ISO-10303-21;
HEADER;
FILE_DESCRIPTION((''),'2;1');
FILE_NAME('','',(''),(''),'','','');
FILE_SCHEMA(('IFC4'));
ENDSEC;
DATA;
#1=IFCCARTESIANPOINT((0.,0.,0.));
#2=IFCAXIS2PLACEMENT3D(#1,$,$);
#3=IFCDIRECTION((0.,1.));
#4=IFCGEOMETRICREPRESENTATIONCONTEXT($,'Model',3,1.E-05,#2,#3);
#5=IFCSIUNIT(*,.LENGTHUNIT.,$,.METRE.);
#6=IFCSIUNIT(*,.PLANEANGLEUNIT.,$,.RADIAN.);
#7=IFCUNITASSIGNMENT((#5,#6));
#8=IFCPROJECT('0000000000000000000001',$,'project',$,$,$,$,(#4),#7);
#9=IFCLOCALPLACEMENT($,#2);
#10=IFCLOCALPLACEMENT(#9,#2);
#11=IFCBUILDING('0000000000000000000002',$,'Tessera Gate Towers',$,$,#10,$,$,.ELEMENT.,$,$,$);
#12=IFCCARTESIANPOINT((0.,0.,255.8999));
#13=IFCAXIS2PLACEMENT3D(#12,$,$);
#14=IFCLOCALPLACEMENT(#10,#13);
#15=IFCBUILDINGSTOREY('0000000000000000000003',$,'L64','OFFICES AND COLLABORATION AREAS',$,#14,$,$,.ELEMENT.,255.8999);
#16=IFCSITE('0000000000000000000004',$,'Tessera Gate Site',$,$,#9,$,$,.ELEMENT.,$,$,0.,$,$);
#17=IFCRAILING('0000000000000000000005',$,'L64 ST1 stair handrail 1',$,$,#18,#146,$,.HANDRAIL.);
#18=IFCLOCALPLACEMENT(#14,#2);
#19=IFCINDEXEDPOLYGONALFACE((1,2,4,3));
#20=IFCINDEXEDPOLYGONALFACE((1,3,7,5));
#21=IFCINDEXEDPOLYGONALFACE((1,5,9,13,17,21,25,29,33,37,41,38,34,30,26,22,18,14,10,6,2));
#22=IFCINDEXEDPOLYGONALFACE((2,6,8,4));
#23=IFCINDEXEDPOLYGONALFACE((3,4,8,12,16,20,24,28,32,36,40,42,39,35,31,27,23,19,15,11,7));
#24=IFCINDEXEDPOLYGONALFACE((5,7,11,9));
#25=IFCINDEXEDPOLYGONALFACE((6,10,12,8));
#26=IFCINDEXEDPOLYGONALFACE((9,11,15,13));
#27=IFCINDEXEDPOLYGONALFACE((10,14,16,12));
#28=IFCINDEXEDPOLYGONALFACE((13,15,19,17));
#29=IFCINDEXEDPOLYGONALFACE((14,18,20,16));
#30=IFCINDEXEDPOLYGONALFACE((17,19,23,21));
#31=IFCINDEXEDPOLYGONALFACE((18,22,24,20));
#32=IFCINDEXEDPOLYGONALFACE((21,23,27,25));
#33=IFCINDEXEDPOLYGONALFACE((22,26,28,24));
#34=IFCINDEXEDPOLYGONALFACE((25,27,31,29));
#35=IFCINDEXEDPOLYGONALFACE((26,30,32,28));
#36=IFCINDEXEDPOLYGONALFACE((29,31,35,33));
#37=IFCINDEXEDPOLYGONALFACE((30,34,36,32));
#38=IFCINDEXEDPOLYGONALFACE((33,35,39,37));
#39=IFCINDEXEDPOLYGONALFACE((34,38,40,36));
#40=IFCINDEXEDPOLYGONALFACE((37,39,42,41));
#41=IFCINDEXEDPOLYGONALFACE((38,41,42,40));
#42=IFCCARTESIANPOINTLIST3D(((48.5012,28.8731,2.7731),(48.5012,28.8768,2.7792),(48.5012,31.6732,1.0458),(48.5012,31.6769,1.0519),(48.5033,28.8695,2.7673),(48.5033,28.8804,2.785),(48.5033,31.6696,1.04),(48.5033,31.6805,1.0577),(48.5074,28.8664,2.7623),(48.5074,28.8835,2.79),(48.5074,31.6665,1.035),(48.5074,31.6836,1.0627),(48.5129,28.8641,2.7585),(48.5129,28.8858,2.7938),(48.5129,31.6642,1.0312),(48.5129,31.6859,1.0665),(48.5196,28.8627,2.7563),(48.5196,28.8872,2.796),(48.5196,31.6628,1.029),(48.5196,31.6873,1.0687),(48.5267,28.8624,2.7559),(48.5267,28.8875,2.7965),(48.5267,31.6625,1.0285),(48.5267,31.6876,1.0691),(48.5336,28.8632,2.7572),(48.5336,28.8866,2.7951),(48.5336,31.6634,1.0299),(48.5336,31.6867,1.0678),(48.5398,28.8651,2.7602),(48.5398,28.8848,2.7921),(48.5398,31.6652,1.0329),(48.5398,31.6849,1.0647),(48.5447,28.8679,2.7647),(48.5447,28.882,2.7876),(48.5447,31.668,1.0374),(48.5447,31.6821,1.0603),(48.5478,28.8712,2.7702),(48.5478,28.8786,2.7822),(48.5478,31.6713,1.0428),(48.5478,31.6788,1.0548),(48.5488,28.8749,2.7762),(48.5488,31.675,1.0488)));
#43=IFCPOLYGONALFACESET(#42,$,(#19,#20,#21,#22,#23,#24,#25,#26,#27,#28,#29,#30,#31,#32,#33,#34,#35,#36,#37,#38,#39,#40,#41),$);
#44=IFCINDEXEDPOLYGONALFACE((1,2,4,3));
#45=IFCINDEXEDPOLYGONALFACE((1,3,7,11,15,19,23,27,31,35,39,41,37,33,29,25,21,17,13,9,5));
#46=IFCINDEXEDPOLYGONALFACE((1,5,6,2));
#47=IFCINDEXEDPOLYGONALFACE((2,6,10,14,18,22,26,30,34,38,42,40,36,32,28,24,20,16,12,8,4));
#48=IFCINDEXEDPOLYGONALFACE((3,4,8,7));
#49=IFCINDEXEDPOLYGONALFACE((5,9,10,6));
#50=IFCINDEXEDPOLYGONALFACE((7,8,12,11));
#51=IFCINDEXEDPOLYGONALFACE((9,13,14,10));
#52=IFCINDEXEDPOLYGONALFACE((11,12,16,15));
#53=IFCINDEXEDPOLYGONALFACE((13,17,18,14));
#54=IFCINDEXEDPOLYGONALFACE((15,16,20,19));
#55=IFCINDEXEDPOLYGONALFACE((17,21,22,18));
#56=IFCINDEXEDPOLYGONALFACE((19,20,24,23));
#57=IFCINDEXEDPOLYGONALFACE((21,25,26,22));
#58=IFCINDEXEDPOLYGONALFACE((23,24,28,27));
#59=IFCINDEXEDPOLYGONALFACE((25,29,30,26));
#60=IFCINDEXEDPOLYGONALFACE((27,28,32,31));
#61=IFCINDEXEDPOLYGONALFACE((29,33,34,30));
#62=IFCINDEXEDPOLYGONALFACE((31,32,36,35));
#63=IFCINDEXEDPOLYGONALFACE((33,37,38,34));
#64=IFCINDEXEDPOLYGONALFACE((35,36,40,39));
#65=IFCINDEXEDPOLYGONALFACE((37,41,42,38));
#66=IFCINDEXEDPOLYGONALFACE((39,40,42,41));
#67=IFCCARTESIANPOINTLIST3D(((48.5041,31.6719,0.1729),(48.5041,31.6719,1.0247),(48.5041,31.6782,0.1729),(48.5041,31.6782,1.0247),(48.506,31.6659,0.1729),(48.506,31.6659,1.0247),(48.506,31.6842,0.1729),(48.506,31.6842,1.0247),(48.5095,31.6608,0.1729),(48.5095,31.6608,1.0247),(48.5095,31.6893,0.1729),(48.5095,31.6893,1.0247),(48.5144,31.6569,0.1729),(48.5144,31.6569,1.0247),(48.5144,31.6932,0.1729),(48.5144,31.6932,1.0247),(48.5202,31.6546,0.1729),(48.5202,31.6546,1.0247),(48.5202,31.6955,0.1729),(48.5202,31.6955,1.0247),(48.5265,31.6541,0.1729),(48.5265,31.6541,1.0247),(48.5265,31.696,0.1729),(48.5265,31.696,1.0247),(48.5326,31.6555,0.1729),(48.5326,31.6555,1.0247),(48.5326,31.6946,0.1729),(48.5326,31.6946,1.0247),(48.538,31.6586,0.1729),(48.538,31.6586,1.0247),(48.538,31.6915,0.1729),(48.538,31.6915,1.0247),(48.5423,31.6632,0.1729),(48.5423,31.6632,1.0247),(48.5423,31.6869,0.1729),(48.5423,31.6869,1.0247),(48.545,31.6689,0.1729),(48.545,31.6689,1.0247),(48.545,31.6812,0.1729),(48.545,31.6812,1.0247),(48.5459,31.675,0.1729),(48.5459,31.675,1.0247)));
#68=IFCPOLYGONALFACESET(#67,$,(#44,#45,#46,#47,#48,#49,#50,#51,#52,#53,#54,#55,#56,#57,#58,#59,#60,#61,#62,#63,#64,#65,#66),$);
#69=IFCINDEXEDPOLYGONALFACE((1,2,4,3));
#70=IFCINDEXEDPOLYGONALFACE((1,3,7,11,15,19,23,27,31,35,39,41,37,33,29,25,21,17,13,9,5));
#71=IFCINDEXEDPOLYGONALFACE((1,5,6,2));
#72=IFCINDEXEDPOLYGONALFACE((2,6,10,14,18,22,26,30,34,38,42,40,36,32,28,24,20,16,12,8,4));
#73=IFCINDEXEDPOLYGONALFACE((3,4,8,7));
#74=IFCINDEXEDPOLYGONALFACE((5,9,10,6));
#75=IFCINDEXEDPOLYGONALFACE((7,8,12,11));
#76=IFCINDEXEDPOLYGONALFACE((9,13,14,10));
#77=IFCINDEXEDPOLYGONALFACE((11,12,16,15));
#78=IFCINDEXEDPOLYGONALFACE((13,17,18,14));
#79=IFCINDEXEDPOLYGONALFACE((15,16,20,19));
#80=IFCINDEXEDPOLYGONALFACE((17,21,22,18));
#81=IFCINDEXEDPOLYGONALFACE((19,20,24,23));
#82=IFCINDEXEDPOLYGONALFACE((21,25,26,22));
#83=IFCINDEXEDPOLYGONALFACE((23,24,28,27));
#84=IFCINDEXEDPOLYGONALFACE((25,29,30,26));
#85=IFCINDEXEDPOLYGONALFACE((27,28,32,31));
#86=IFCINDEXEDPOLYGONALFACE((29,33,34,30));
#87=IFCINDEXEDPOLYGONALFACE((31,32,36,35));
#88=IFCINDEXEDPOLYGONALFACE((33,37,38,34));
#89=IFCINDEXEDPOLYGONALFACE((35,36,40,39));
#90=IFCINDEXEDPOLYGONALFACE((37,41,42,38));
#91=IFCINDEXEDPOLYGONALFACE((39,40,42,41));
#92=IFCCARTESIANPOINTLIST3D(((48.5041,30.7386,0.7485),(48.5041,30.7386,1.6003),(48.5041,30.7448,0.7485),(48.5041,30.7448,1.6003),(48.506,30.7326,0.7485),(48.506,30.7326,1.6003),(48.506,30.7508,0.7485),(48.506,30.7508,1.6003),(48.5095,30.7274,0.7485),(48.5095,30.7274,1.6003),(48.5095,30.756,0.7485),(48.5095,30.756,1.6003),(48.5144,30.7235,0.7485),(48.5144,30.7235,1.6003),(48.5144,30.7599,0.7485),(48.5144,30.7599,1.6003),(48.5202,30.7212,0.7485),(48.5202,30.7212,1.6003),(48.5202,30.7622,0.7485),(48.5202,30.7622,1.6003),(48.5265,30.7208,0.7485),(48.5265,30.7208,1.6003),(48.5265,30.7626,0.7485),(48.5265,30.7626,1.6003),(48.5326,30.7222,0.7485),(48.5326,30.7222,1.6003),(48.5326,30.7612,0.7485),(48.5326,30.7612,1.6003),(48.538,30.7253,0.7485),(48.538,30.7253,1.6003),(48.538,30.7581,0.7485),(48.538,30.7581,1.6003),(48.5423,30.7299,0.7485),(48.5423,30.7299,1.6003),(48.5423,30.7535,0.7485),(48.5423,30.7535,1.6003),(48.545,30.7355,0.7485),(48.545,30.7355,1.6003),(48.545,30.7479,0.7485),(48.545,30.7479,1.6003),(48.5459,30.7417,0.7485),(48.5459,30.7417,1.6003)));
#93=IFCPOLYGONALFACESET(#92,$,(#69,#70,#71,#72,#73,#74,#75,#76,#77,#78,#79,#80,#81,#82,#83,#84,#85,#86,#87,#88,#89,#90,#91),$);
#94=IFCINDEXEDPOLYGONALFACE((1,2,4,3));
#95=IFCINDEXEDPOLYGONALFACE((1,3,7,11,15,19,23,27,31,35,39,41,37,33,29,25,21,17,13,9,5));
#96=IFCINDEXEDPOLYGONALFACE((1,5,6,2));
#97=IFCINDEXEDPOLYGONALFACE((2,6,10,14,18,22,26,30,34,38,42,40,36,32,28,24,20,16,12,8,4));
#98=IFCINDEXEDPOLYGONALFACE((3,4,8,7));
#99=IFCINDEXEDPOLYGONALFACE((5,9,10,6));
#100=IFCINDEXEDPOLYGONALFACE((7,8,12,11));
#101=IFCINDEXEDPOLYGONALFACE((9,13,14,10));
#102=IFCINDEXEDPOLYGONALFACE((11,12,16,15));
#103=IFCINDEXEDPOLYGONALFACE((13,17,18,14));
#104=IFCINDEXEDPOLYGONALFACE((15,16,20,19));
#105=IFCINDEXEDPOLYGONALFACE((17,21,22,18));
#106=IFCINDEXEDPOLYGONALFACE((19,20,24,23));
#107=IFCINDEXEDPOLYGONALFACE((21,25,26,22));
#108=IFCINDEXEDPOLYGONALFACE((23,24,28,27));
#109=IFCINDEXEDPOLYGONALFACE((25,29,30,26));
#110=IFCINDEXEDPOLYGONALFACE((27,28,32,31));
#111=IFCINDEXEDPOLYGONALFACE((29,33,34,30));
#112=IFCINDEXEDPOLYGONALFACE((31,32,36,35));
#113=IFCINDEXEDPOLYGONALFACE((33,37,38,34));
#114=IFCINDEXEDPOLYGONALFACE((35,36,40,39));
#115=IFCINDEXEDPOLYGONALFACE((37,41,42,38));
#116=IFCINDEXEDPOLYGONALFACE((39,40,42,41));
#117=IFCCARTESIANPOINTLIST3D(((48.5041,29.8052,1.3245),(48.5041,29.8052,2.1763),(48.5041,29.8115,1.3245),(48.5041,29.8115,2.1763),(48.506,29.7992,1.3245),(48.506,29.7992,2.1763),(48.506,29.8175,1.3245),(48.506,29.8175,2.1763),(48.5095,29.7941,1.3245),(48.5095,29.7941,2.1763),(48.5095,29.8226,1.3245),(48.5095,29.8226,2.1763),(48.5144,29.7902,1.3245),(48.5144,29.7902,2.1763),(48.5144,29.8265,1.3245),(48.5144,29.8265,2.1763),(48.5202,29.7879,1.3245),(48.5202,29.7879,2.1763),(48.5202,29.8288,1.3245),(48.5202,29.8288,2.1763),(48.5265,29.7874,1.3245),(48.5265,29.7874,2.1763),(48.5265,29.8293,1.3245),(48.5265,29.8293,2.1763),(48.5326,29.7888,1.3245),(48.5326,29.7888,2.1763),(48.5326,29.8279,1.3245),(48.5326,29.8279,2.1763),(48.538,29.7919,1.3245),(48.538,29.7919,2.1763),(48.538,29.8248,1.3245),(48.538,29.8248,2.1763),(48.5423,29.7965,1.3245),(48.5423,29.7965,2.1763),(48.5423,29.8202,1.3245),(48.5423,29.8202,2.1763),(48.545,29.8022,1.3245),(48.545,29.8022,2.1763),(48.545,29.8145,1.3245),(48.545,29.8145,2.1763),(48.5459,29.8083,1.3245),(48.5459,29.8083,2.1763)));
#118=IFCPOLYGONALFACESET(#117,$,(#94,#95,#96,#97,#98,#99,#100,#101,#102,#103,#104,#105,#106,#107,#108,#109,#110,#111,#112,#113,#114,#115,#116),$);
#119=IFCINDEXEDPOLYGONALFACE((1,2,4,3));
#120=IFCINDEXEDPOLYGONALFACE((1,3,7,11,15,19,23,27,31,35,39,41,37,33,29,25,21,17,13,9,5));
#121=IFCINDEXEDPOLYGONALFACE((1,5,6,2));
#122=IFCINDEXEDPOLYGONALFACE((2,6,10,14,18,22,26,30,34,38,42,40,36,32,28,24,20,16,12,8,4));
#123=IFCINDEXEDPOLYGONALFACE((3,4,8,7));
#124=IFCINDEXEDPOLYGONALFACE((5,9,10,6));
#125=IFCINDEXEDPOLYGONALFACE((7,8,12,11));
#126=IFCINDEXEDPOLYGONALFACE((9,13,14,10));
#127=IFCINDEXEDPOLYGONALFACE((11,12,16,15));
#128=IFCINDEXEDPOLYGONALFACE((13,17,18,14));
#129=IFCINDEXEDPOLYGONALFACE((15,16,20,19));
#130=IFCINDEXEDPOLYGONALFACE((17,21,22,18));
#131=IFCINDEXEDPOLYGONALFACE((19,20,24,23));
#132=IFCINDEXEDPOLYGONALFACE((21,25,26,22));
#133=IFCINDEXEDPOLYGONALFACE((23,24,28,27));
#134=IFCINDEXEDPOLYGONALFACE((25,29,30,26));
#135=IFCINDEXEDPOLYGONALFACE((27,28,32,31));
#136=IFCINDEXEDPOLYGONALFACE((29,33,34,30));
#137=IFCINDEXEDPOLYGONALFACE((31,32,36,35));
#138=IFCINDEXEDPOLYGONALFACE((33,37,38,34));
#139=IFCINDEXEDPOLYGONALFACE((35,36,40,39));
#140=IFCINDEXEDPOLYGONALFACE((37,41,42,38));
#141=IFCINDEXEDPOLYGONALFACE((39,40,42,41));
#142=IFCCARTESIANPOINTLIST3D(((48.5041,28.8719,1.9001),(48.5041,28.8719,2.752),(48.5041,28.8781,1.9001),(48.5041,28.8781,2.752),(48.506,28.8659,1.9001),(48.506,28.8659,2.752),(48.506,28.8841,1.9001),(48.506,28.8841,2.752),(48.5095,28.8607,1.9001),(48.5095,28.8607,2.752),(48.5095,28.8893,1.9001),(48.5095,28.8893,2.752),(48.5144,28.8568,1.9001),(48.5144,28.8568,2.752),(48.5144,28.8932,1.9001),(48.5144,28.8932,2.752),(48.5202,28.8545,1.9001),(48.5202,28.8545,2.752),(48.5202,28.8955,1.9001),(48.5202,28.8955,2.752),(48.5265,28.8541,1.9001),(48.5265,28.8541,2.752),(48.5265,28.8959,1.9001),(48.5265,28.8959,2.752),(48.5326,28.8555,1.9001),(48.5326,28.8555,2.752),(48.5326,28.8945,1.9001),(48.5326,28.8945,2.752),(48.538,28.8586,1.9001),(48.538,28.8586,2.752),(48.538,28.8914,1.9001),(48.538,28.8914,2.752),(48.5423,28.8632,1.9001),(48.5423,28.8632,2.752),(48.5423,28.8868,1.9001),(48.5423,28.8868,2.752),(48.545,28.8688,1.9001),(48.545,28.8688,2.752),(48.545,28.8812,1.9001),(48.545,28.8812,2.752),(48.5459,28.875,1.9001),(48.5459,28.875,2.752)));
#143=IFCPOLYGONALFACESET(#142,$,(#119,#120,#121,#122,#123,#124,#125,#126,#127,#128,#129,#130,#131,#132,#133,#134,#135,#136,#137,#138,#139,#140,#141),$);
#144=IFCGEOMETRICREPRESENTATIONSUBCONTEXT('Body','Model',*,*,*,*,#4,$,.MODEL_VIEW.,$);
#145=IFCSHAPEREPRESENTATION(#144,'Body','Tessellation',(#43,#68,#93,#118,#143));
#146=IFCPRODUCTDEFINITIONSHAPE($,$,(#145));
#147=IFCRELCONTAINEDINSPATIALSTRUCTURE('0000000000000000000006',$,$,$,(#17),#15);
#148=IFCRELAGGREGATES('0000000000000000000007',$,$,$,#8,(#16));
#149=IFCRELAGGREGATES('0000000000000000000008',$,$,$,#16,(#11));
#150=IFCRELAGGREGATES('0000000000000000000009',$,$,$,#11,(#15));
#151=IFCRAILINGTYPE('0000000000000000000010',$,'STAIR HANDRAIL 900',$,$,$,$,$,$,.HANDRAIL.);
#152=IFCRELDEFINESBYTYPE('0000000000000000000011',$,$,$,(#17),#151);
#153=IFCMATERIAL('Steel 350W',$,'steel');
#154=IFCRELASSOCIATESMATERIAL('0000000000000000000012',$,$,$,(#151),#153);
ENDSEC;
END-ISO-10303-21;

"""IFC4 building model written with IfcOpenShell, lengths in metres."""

from ifc_helpers import new_model, si_unit, direction, frame, origin, origin_2d, place, context, subcontext, project, spatial, circle, extrude, material, type_object, element, save


model = new_model("IFC4")

# Units and contexts
model_context = context("Model", 3, precision=1e-05, world=origin(), true_north=direction((0.0, 1.0)))
body_context = subcontext(model_context, "Body", "Model", "MODEL_VIEW")
ifc_project = project(units=[si_unit("LENGTHUNIT", "METRE"), si_unit("PLANEANGLEUNIT", "RADIAN")], contexts=[model_context])

# Site, building, storey
site_placement = place(None, origin())
site = spatial("IfcSite", under=ifc_project, at=site_placement, Name="Tessera Gate Site", CompositionType="ELEMENT", RefElevation=0.0)
building_placement = place(site_placement, origin())
building = spatial("IfcBuilding", under=site, at=building_placement, Name="Tessera Gate Towers", CompositionType="ELEMENT")
storey_placement = place(building_placement, frame((0.0, 0.0, 255.8999)))
storey = spatial("IfcBuildingStorey", under=building, at=storey_placement, Name="L64", Description="OFFICES AND COLLABORATION AREAS", CompositionType="ELEMENT", Elevation=255.8999)

# Railing
ifc_material_1 = material(Name="Steel 350W", Category="steel")
railing_type = type_object("IfcRailingType", Name="STAIR HANDRAIL 900", PredefinedType="HANDRAIL", material=ifc_material_1)
railing_placement = place(storey_placement, frame((48.5249, 31.675, 0.1729)))
element("IfcRailing", 1, at=railing_placement, inside=storey, type_object=railing_type, Name="L64 ST1 stair handrail 1", PredefinedType="HANDRAIL", context=body_context, shape_type="SweptSolid", body=[
    extrude(circle(Radius=0.0239, at=origin_2d()), frame((0.0, 0.0, 0.876), z_axis=(0.0, -0.85109, 0.52502), x_axis=(1.0, 0.0, 0.0)), (0.0, 0.0, 1.0), 3.29),
    extrude(circle(Radius=0.021, at=origin_2d()), origin(), (0.0, 0.0, 1.0), 0.8518),
    extrude(circle(Radius=0.021, at=origin_2d()), frame((0.0, -0.9333, 0.5757)), (0.0, 0.0, 1.0), 0.8518),
    extrude(circle(Radius=0.021, at=origin_2d()), frame((0.0, -1.8667, 1.1516)), (0.0, 0.0, 1.0), 0.8518),
    extrude(circle(Radius=0.021, at=origin_2d()), frame((0.0, -2.8, 1.7273)), (0.0, 0.0, 1.0), 0.8518),
])

save(model, "model.ifc")
